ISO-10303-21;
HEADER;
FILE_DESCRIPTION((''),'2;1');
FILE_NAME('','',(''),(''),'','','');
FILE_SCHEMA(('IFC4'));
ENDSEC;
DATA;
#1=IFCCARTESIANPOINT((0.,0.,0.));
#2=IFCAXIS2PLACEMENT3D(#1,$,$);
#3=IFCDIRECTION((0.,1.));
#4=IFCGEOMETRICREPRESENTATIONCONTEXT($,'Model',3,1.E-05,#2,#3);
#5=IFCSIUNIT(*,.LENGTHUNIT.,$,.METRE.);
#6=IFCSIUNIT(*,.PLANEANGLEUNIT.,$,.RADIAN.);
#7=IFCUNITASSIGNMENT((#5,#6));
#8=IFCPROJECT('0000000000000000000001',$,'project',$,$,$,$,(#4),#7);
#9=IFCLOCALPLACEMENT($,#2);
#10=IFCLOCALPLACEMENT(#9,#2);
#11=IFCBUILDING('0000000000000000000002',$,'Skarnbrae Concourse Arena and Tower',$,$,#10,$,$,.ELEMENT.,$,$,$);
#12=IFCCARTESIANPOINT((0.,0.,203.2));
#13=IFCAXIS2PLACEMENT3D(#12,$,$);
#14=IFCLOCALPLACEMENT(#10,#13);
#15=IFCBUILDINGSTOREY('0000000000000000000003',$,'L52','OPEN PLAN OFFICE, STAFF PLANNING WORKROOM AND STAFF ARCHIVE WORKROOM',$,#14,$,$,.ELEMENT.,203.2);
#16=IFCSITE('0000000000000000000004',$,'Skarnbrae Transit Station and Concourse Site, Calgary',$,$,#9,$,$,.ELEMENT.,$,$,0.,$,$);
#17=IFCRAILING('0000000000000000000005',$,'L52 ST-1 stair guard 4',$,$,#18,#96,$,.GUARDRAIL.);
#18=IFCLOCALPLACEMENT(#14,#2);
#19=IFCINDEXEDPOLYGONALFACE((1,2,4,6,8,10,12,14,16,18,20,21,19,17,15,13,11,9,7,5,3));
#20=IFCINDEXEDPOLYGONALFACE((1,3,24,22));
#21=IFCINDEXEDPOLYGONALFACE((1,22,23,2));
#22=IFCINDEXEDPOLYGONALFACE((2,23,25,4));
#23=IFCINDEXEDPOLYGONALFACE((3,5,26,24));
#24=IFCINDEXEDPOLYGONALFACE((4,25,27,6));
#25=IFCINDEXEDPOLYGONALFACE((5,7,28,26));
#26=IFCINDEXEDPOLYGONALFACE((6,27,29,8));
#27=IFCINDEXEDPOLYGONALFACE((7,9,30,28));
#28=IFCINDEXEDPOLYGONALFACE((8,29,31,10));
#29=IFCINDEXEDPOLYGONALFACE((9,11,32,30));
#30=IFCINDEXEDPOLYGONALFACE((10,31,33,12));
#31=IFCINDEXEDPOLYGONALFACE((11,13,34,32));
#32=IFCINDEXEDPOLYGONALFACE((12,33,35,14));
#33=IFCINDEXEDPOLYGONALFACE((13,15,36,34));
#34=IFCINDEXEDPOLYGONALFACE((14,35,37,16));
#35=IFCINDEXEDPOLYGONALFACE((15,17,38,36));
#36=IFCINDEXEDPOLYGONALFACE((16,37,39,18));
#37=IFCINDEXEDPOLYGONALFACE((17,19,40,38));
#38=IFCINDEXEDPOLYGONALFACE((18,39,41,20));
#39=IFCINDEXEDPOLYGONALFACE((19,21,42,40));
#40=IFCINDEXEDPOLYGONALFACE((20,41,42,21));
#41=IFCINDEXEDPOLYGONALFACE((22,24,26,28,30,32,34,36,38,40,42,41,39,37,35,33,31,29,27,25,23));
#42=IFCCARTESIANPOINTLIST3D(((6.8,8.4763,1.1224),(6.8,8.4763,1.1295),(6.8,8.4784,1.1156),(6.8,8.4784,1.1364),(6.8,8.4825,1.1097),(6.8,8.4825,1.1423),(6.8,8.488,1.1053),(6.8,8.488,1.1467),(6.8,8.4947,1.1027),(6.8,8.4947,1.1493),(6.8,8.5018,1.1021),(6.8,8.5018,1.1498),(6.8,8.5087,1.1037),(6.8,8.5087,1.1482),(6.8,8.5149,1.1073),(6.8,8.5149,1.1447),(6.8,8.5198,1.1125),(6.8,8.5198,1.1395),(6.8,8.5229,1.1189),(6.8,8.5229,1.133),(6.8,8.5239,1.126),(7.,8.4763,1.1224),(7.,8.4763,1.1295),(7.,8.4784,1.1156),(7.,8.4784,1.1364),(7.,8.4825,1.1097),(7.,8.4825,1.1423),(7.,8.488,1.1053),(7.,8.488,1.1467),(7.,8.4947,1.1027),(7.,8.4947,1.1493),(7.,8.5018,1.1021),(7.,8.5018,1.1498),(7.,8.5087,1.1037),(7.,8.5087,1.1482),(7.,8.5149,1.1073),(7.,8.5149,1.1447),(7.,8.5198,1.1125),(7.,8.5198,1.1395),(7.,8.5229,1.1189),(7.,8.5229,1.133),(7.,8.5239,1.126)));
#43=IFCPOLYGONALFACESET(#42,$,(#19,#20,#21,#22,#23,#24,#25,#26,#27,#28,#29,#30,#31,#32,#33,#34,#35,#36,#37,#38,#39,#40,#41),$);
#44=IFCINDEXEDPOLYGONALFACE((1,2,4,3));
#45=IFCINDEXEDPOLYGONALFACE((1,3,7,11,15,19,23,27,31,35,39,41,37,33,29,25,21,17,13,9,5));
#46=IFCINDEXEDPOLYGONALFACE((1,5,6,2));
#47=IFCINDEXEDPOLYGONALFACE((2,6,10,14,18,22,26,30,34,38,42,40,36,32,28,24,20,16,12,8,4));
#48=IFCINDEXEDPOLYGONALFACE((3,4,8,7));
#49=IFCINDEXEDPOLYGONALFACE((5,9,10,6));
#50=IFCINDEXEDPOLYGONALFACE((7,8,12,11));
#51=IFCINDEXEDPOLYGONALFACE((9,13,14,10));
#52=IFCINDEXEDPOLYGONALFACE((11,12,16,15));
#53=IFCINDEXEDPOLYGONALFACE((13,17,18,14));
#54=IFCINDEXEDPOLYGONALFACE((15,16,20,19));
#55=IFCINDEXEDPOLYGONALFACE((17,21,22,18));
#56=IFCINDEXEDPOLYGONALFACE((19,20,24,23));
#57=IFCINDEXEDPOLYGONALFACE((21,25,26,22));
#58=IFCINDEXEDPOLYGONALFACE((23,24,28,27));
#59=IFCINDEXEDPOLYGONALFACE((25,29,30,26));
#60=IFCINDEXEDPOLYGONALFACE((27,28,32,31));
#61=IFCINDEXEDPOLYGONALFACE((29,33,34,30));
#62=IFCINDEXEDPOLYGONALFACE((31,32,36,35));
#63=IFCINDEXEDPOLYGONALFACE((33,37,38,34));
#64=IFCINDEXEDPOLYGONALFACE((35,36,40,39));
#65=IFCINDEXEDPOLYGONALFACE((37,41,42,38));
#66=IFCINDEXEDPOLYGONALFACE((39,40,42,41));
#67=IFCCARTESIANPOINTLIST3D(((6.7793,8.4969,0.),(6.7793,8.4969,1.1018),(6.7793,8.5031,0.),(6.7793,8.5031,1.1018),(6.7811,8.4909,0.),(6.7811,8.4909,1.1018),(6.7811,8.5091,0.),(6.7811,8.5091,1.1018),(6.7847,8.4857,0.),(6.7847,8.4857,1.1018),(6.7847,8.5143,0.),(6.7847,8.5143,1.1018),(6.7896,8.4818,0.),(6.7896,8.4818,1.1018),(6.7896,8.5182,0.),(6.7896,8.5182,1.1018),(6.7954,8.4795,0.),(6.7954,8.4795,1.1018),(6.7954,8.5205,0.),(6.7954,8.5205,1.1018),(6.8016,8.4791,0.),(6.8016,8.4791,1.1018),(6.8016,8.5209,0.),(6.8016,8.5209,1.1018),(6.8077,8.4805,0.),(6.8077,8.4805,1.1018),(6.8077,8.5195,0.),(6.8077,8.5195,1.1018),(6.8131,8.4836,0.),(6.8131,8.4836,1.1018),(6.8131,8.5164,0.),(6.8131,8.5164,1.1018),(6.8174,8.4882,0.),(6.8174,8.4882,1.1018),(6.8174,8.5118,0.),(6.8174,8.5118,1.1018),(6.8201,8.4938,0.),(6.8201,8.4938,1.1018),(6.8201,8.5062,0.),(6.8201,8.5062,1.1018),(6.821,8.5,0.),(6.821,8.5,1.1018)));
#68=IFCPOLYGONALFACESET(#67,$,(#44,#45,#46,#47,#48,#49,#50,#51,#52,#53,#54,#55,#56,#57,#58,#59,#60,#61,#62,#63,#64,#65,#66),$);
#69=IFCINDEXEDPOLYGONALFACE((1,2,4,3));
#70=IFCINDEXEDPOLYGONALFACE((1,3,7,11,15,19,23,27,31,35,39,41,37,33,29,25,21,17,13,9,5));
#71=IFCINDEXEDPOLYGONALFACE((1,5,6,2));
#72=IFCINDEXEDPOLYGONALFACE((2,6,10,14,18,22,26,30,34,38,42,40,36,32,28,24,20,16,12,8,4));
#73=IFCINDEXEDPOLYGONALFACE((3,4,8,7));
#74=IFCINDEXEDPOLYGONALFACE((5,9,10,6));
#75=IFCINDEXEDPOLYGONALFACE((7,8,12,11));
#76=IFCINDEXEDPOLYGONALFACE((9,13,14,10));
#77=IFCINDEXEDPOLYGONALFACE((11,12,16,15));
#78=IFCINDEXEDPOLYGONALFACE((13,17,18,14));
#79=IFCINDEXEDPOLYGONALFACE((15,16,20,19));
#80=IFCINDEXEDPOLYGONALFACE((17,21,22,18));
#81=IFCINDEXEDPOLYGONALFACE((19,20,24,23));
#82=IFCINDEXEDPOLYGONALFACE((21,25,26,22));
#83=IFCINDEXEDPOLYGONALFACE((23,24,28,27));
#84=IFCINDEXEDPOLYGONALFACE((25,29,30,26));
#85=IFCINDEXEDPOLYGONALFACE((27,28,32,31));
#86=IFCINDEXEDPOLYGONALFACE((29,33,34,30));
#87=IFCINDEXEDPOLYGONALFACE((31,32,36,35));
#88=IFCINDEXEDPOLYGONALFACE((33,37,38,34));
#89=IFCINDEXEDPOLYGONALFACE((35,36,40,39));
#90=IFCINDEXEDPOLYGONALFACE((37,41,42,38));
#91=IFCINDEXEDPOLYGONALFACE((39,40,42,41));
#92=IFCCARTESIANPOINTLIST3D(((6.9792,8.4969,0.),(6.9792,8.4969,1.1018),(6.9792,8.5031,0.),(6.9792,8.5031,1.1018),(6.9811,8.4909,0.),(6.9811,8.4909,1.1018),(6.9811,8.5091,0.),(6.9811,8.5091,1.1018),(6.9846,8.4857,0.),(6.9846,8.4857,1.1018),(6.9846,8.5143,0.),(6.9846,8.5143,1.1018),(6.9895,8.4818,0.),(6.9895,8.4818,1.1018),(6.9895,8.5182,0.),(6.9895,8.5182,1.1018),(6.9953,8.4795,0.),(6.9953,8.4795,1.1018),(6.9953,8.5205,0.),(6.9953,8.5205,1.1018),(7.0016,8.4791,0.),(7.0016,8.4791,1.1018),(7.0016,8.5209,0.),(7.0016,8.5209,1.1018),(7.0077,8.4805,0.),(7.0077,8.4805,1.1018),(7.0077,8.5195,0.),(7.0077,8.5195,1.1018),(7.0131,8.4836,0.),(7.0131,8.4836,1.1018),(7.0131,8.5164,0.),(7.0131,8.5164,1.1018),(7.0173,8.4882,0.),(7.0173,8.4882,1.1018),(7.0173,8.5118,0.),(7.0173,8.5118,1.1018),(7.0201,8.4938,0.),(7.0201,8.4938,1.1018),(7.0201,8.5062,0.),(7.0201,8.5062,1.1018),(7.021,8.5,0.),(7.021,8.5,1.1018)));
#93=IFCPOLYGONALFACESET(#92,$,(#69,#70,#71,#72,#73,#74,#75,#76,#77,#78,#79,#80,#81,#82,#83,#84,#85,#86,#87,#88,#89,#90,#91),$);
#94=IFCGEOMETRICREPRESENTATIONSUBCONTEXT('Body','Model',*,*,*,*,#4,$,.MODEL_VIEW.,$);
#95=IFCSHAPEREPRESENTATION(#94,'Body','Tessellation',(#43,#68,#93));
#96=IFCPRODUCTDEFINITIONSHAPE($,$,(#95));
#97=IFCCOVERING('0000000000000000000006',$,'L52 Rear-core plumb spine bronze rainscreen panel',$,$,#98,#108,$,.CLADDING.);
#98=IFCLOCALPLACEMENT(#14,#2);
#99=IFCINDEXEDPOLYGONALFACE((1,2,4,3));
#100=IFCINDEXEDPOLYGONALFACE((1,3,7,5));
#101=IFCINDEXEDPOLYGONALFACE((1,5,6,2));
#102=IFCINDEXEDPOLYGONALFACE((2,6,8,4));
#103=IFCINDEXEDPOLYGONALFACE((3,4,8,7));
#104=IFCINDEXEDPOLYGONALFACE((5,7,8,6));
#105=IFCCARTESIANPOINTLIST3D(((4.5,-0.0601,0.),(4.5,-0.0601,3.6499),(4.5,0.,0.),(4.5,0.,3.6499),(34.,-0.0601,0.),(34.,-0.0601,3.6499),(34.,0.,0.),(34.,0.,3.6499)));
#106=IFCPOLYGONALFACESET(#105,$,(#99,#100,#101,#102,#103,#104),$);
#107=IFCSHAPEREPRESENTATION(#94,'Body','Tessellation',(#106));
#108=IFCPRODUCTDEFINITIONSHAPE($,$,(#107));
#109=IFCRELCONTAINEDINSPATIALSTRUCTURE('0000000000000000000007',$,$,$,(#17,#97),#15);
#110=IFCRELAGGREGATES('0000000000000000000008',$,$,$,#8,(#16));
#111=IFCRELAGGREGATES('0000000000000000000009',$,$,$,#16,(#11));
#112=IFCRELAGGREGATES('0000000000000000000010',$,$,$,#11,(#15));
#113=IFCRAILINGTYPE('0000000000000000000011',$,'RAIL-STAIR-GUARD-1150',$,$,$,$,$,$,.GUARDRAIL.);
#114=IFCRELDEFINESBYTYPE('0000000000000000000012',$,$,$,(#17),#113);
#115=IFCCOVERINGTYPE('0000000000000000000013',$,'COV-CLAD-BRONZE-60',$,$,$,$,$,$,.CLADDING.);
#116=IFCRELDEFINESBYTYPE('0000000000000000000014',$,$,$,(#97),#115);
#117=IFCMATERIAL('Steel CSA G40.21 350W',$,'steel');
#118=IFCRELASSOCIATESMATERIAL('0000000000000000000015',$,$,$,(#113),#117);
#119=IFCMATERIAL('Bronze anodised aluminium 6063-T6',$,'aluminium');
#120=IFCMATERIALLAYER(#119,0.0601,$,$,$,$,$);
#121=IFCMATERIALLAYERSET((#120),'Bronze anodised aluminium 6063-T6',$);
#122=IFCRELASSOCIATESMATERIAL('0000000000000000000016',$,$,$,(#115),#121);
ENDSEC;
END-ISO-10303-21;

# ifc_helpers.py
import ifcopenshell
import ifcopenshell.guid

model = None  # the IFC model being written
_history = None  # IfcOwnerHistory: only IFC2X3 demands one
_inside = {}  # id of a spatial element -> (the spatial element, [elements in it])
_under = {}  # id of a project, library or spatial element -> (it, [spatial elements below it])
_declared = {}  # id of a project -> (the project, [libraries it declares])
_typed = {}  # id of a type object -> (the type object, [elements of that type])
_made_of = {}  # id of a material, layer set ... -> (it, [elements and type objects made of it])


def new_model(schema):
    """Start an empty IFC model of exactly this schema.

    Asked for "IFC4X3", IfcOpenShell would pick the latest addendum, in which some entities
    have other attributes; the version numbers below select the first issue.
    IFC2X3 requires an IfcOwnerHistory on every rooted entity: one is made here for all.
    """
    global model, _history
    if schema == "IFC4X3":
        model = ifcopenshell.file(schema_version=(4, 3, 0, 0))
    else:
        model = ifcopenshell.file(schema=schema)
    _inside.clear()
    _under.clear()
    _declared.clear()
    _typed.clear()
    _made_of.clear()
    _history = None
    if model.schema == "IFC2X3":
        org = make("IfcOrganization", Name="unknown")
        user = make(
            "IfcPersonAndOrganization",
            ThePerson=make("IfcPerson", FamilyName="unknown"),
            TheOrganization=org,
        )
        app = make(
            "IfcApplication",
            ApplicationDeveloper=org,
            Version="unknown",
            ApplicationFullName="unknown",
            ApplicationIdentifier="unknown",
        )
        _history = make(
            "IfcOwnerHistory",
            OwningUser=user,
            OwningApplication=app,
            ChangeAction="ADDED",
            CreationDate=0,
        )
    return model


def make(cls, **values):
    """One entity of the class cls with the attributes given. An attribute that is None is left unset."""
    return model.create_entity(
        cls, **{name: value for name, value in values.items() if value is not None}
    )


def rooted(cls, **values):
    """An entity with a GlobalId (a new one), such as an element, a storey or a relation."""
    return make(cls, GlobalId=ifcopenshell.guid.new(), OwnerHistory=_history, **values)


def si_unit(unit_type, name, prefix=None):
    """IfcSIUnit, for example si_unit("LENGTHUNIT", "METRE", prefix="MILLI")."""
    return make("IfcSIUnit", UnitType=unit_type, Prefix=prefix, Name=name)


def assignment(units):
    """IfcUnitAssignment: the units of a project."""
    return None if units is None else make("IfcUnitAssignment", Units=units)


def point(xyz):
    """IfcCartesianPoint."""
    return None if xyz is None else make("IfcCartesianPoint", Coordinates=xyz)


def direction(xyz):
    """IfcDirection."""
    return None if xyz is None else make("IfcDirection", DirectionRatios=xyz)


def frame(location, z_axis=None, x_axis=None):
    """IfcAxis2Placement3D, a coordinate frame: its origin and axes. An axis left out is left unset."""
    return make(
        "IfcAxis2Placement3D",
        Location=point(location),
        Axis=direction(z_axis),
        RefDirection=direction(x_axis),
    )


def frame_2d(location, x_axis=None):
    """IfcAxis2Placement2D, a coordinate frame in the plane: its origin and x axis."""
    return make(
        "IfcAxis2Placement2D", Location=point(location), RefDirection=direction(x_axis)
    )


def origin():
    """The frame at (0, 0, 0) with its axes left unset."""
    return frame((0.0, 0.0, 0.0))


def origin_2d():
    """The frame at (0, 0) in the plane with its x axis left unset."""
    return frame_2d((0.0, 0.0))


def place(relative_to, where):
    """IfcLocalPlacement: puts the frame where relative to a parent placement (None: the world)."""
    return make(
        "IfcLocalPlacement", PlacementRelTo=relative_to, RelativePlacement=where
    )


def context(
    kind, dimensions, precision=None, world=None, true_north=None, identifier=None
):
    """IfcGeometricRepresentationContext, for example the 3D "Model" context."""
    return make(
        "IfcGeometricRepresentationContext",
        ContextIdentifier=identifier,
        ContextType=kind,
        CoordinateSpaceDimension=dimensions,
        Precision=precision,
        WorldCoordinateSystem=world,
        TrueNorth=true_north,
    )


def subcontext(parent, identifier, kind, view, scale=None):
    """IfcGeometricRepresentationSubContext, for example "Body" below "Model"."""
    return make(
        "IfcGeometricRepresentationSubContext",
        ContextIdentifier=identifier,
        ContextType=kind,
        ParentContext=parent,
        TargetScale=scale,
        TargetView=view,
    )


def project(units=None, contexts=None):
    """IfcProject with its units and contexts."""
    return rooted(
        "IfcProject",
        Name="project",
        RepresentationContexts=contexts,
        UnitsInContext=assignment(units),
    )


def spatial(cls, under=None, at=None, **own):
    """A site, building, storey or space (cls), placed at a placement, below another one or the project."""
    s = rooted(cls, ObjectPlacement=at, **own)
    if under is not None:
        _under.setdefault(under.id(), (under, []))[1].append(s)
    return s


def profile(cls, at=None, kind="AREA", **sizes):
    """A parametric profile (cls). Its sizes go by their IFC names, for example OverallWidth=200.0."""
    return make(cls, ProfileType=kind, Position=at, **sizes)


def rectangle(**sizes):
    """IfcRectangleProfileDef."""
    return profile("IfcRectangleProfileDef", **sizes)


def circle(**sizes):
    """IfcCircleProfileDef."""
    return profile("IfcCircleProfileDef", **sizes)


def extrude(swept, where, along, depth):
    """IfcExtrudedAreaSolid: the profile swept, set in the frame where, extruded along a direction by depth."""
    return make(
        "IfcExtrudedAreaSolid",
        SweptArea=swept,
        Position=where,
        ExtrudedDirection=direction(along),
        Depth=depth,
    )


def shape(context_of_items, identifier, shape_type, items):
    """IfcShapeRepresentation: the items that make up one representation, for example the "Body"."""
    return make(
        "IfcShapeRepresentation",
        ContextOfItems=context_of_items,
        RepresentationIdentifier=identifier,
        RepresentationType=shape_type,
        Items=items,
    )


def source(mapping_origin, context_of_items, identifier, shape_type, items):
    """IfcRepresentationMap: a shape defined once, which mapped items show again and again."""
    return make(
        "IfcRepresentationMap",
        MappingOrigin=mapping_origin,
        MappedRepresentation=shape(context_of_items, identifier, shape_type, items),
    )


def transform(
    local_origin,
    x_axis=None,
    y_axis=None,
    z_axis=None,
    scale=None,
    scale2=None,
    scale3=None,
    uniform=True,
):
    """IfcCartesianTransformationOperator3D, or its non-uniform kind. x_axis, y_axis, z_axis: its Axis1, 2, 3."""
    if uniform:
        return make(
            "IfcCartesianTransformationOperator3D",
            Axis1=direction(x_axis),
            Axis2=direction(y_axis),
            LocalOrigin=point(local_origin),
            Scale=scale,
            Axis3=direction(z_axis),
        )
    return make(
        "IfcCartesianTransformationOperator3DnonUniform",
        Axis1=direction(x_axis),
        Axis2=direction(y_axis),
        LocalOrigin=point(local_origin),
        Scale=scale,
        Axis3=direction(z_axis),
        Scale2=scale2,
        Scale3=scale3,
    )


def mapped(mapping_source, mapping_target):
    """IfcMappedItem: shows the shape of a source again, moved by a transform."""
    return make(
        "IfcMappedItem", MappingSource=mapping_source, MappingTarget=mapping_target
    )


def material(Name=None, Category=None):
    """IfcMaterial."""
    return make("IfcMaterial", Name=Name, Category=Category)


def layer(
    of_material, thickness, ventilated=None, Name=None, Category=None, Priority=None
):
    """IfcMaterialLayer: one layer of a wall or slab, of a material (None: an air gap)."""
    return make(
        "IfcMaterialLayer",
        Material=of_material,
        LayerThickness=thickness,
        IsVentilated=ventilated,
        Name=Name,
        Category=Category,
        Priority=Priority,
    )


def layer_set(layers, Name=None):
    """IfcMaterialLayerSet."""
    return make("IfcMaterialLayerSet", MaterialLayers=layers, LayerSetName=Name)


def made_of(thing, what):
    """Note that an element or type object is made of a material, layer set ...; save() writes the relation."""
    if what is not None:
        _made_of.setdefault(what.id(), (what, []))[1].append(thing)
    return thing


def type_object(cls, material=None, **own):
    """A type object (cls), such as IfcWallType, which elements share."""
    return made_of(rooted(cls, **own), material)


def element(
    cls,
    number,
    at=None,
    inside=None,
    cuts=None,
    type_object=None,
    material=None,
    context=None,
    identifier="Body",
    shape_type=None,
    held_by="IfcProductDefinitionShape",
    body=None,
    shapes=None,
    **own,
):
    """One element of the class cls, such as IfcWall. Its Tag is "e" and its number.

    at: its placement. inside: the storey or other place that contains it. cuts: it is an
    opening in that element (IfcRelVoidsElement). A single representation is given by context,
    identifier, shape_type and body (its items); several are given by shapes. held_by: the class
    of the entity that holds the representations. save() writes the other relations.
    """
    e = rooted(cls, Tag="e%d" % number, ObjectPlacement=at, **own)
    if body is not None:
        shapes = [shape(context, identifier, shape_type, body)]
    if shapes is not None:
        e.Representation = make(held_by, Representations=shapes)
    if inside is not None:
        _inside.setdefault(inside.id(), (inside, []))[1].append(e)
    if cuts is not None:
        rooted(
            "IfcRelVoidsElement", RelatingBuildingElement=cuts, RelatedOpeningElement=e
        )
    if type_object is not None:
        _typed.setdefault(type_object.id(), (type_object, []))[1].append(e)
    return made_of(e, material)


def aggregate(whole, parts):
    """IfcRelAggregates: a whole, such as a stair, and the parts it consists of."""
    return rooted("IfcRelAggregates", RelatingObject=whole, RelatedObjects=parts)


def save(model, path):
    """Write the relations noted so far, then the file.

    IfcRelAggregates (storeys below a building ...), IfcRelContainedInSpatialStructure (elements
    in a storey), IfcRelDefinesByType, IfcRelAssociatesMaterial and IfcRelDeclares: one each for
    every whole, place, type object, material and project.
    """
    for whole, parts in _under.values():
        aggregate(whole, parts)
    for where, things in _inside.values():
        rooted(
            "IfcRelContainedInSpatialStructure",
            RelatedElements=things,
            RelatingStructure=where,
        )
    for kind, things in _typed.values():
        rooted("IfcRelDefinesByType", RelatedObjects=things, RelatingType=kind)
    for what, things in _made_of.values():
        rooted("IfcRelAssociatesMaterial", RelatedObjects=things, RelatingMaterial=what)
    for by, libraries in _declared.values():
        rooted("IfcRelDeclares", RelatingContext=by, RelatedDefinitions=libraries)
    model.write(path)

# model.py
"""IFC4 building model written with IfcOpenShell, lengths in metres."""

from ifc_helpers import new_model, si_unit, direction, frame, origin, origin_2d, place, context, subcontext, project, spatial, rectangle, circle, extrude, source, transform, mapped, material, layer, layer_set, type_object, element, save


model = new_model("IFC4")

# Units and contexts
model_context = context("Model", 3, precision=1e-05, world=origin(), true_north=direction((0.0, 1.0)))
body_context = subcontext(model_context, "Body", "Model", "MODEL_VIEW")
ifc_project = project(units=[si_unit("LENGTHUNIT", "METRE"), si_unit("PLANEANGLEUNIT", "RADIAN")], contexts=[model_context])

# Site, building, storey
site_placement = place(None, origin())
site = spatial("IfcSite", under=ifc_project, at=site_placement, Name="Skarnbrae Transit Station and Concourse Site, Calgary", CompositionType="ELEMENT", RefElevation=0.0)
building_placement = place(site_placement, origin())
building = spatial("IfcBuilding", under=site, at=building_placement, Name="Skarnbrae Concourse Arena and Tower", CompositionType="ELEMENT")
storey_placement = place(building_placement, frame((0.0, 0.0, 203.2)))
storey = spatial("IfcBuildingStorey", under=building, at=storey_placement, Name="L52", Description="OPEN PLAN OFFICE, STAFF PLANNING WORKROOM AND STAFF ARCHIVE WORKROOM", CompositionType="ELEMENT", Elevation=203.2)

# Shared definitions
ifc_material_1 = material(Name="Steel CSA G40.21 350W", Category="steel")

# Railing
railing_type_1 = type_object("IfcRailingType", Name="RAIL-STAIR-GUARD-1150", PredefinedType="GUARDRAIL", material=ifc_material_1)
railing_1_placement = place(storey_placement, frame((6.8, 8.5, 0.0)))
element("IfcRailing", 1, at=railing_1_placement, inside=storey, type_object=railing_type_1, Name="L52 ST-1 stair guard 4", PredefinedType="GUARDRAIL", context=body_context, shape_type="SweptSolid", body=[
    extrude(circle(Radius=0.0239, at=origin_2d()), frame((0.0, 0.0, 1.126), z_axis=(1.0, 0.0, 0.0), x_axis=(0.0, 1.0, 0.0)), (0.0, 0.0, 1.0), 0.2),
    extrude(circle(Radius=0.021, at=origin_2d()), origin(), (0.0, 0.0, 1.0), 1.1018),
    extrude(circle(Radius=0.021, at=origin_2d()), frame((0.2, 0.0, 0.0)), (0.0, 0.0, 1.0), 1.1018),
])

# Covering
ifc_material_2 = material(Name="Bronze anodised aluminium 6063-T6", Category="aluminium")
ifc_layer_1 = layer(ifc_material_2, 0.0601)
ifc_layer_set_1 = layer_set([ifc_layer_1], Name="Bronze anodised aluminium 6063-T6")
covering_type = type_object("IfcCoveringType", Name="COV-CLAD-BRONZE-60", PredefinedType="CLADDING", material=ifc_layer_set_1)
shared_shape_1 = source(origin(), body_context, "Body", "SweptSolid", [
    extrude(rectangle(XDim=29.5, YDim=0.0601, at=origin_2d()), origin(), (0.0, 0.0, 1.0), 3.6499),
])
covering_placement = place(storey_placement, frame((19.25, -0.03, 0.0), z_axis=(0.0, 0.0, 1.0), x_axis=(1.0, 0.0, 0.0)))
element("IfcCovering", 2, at=covering_placement, inside=storey, type_object=covering_type, Name="L52 Rear-core plumb spine bronze rainscreen panel", PredefinedType="CLADDING", context=body_context, shape_type="MappedRepresentation", body=[
    mapped(shared_shape_1, transform((0.0, 0.0, 0.0))),
])

save(model, "model.ifc")
